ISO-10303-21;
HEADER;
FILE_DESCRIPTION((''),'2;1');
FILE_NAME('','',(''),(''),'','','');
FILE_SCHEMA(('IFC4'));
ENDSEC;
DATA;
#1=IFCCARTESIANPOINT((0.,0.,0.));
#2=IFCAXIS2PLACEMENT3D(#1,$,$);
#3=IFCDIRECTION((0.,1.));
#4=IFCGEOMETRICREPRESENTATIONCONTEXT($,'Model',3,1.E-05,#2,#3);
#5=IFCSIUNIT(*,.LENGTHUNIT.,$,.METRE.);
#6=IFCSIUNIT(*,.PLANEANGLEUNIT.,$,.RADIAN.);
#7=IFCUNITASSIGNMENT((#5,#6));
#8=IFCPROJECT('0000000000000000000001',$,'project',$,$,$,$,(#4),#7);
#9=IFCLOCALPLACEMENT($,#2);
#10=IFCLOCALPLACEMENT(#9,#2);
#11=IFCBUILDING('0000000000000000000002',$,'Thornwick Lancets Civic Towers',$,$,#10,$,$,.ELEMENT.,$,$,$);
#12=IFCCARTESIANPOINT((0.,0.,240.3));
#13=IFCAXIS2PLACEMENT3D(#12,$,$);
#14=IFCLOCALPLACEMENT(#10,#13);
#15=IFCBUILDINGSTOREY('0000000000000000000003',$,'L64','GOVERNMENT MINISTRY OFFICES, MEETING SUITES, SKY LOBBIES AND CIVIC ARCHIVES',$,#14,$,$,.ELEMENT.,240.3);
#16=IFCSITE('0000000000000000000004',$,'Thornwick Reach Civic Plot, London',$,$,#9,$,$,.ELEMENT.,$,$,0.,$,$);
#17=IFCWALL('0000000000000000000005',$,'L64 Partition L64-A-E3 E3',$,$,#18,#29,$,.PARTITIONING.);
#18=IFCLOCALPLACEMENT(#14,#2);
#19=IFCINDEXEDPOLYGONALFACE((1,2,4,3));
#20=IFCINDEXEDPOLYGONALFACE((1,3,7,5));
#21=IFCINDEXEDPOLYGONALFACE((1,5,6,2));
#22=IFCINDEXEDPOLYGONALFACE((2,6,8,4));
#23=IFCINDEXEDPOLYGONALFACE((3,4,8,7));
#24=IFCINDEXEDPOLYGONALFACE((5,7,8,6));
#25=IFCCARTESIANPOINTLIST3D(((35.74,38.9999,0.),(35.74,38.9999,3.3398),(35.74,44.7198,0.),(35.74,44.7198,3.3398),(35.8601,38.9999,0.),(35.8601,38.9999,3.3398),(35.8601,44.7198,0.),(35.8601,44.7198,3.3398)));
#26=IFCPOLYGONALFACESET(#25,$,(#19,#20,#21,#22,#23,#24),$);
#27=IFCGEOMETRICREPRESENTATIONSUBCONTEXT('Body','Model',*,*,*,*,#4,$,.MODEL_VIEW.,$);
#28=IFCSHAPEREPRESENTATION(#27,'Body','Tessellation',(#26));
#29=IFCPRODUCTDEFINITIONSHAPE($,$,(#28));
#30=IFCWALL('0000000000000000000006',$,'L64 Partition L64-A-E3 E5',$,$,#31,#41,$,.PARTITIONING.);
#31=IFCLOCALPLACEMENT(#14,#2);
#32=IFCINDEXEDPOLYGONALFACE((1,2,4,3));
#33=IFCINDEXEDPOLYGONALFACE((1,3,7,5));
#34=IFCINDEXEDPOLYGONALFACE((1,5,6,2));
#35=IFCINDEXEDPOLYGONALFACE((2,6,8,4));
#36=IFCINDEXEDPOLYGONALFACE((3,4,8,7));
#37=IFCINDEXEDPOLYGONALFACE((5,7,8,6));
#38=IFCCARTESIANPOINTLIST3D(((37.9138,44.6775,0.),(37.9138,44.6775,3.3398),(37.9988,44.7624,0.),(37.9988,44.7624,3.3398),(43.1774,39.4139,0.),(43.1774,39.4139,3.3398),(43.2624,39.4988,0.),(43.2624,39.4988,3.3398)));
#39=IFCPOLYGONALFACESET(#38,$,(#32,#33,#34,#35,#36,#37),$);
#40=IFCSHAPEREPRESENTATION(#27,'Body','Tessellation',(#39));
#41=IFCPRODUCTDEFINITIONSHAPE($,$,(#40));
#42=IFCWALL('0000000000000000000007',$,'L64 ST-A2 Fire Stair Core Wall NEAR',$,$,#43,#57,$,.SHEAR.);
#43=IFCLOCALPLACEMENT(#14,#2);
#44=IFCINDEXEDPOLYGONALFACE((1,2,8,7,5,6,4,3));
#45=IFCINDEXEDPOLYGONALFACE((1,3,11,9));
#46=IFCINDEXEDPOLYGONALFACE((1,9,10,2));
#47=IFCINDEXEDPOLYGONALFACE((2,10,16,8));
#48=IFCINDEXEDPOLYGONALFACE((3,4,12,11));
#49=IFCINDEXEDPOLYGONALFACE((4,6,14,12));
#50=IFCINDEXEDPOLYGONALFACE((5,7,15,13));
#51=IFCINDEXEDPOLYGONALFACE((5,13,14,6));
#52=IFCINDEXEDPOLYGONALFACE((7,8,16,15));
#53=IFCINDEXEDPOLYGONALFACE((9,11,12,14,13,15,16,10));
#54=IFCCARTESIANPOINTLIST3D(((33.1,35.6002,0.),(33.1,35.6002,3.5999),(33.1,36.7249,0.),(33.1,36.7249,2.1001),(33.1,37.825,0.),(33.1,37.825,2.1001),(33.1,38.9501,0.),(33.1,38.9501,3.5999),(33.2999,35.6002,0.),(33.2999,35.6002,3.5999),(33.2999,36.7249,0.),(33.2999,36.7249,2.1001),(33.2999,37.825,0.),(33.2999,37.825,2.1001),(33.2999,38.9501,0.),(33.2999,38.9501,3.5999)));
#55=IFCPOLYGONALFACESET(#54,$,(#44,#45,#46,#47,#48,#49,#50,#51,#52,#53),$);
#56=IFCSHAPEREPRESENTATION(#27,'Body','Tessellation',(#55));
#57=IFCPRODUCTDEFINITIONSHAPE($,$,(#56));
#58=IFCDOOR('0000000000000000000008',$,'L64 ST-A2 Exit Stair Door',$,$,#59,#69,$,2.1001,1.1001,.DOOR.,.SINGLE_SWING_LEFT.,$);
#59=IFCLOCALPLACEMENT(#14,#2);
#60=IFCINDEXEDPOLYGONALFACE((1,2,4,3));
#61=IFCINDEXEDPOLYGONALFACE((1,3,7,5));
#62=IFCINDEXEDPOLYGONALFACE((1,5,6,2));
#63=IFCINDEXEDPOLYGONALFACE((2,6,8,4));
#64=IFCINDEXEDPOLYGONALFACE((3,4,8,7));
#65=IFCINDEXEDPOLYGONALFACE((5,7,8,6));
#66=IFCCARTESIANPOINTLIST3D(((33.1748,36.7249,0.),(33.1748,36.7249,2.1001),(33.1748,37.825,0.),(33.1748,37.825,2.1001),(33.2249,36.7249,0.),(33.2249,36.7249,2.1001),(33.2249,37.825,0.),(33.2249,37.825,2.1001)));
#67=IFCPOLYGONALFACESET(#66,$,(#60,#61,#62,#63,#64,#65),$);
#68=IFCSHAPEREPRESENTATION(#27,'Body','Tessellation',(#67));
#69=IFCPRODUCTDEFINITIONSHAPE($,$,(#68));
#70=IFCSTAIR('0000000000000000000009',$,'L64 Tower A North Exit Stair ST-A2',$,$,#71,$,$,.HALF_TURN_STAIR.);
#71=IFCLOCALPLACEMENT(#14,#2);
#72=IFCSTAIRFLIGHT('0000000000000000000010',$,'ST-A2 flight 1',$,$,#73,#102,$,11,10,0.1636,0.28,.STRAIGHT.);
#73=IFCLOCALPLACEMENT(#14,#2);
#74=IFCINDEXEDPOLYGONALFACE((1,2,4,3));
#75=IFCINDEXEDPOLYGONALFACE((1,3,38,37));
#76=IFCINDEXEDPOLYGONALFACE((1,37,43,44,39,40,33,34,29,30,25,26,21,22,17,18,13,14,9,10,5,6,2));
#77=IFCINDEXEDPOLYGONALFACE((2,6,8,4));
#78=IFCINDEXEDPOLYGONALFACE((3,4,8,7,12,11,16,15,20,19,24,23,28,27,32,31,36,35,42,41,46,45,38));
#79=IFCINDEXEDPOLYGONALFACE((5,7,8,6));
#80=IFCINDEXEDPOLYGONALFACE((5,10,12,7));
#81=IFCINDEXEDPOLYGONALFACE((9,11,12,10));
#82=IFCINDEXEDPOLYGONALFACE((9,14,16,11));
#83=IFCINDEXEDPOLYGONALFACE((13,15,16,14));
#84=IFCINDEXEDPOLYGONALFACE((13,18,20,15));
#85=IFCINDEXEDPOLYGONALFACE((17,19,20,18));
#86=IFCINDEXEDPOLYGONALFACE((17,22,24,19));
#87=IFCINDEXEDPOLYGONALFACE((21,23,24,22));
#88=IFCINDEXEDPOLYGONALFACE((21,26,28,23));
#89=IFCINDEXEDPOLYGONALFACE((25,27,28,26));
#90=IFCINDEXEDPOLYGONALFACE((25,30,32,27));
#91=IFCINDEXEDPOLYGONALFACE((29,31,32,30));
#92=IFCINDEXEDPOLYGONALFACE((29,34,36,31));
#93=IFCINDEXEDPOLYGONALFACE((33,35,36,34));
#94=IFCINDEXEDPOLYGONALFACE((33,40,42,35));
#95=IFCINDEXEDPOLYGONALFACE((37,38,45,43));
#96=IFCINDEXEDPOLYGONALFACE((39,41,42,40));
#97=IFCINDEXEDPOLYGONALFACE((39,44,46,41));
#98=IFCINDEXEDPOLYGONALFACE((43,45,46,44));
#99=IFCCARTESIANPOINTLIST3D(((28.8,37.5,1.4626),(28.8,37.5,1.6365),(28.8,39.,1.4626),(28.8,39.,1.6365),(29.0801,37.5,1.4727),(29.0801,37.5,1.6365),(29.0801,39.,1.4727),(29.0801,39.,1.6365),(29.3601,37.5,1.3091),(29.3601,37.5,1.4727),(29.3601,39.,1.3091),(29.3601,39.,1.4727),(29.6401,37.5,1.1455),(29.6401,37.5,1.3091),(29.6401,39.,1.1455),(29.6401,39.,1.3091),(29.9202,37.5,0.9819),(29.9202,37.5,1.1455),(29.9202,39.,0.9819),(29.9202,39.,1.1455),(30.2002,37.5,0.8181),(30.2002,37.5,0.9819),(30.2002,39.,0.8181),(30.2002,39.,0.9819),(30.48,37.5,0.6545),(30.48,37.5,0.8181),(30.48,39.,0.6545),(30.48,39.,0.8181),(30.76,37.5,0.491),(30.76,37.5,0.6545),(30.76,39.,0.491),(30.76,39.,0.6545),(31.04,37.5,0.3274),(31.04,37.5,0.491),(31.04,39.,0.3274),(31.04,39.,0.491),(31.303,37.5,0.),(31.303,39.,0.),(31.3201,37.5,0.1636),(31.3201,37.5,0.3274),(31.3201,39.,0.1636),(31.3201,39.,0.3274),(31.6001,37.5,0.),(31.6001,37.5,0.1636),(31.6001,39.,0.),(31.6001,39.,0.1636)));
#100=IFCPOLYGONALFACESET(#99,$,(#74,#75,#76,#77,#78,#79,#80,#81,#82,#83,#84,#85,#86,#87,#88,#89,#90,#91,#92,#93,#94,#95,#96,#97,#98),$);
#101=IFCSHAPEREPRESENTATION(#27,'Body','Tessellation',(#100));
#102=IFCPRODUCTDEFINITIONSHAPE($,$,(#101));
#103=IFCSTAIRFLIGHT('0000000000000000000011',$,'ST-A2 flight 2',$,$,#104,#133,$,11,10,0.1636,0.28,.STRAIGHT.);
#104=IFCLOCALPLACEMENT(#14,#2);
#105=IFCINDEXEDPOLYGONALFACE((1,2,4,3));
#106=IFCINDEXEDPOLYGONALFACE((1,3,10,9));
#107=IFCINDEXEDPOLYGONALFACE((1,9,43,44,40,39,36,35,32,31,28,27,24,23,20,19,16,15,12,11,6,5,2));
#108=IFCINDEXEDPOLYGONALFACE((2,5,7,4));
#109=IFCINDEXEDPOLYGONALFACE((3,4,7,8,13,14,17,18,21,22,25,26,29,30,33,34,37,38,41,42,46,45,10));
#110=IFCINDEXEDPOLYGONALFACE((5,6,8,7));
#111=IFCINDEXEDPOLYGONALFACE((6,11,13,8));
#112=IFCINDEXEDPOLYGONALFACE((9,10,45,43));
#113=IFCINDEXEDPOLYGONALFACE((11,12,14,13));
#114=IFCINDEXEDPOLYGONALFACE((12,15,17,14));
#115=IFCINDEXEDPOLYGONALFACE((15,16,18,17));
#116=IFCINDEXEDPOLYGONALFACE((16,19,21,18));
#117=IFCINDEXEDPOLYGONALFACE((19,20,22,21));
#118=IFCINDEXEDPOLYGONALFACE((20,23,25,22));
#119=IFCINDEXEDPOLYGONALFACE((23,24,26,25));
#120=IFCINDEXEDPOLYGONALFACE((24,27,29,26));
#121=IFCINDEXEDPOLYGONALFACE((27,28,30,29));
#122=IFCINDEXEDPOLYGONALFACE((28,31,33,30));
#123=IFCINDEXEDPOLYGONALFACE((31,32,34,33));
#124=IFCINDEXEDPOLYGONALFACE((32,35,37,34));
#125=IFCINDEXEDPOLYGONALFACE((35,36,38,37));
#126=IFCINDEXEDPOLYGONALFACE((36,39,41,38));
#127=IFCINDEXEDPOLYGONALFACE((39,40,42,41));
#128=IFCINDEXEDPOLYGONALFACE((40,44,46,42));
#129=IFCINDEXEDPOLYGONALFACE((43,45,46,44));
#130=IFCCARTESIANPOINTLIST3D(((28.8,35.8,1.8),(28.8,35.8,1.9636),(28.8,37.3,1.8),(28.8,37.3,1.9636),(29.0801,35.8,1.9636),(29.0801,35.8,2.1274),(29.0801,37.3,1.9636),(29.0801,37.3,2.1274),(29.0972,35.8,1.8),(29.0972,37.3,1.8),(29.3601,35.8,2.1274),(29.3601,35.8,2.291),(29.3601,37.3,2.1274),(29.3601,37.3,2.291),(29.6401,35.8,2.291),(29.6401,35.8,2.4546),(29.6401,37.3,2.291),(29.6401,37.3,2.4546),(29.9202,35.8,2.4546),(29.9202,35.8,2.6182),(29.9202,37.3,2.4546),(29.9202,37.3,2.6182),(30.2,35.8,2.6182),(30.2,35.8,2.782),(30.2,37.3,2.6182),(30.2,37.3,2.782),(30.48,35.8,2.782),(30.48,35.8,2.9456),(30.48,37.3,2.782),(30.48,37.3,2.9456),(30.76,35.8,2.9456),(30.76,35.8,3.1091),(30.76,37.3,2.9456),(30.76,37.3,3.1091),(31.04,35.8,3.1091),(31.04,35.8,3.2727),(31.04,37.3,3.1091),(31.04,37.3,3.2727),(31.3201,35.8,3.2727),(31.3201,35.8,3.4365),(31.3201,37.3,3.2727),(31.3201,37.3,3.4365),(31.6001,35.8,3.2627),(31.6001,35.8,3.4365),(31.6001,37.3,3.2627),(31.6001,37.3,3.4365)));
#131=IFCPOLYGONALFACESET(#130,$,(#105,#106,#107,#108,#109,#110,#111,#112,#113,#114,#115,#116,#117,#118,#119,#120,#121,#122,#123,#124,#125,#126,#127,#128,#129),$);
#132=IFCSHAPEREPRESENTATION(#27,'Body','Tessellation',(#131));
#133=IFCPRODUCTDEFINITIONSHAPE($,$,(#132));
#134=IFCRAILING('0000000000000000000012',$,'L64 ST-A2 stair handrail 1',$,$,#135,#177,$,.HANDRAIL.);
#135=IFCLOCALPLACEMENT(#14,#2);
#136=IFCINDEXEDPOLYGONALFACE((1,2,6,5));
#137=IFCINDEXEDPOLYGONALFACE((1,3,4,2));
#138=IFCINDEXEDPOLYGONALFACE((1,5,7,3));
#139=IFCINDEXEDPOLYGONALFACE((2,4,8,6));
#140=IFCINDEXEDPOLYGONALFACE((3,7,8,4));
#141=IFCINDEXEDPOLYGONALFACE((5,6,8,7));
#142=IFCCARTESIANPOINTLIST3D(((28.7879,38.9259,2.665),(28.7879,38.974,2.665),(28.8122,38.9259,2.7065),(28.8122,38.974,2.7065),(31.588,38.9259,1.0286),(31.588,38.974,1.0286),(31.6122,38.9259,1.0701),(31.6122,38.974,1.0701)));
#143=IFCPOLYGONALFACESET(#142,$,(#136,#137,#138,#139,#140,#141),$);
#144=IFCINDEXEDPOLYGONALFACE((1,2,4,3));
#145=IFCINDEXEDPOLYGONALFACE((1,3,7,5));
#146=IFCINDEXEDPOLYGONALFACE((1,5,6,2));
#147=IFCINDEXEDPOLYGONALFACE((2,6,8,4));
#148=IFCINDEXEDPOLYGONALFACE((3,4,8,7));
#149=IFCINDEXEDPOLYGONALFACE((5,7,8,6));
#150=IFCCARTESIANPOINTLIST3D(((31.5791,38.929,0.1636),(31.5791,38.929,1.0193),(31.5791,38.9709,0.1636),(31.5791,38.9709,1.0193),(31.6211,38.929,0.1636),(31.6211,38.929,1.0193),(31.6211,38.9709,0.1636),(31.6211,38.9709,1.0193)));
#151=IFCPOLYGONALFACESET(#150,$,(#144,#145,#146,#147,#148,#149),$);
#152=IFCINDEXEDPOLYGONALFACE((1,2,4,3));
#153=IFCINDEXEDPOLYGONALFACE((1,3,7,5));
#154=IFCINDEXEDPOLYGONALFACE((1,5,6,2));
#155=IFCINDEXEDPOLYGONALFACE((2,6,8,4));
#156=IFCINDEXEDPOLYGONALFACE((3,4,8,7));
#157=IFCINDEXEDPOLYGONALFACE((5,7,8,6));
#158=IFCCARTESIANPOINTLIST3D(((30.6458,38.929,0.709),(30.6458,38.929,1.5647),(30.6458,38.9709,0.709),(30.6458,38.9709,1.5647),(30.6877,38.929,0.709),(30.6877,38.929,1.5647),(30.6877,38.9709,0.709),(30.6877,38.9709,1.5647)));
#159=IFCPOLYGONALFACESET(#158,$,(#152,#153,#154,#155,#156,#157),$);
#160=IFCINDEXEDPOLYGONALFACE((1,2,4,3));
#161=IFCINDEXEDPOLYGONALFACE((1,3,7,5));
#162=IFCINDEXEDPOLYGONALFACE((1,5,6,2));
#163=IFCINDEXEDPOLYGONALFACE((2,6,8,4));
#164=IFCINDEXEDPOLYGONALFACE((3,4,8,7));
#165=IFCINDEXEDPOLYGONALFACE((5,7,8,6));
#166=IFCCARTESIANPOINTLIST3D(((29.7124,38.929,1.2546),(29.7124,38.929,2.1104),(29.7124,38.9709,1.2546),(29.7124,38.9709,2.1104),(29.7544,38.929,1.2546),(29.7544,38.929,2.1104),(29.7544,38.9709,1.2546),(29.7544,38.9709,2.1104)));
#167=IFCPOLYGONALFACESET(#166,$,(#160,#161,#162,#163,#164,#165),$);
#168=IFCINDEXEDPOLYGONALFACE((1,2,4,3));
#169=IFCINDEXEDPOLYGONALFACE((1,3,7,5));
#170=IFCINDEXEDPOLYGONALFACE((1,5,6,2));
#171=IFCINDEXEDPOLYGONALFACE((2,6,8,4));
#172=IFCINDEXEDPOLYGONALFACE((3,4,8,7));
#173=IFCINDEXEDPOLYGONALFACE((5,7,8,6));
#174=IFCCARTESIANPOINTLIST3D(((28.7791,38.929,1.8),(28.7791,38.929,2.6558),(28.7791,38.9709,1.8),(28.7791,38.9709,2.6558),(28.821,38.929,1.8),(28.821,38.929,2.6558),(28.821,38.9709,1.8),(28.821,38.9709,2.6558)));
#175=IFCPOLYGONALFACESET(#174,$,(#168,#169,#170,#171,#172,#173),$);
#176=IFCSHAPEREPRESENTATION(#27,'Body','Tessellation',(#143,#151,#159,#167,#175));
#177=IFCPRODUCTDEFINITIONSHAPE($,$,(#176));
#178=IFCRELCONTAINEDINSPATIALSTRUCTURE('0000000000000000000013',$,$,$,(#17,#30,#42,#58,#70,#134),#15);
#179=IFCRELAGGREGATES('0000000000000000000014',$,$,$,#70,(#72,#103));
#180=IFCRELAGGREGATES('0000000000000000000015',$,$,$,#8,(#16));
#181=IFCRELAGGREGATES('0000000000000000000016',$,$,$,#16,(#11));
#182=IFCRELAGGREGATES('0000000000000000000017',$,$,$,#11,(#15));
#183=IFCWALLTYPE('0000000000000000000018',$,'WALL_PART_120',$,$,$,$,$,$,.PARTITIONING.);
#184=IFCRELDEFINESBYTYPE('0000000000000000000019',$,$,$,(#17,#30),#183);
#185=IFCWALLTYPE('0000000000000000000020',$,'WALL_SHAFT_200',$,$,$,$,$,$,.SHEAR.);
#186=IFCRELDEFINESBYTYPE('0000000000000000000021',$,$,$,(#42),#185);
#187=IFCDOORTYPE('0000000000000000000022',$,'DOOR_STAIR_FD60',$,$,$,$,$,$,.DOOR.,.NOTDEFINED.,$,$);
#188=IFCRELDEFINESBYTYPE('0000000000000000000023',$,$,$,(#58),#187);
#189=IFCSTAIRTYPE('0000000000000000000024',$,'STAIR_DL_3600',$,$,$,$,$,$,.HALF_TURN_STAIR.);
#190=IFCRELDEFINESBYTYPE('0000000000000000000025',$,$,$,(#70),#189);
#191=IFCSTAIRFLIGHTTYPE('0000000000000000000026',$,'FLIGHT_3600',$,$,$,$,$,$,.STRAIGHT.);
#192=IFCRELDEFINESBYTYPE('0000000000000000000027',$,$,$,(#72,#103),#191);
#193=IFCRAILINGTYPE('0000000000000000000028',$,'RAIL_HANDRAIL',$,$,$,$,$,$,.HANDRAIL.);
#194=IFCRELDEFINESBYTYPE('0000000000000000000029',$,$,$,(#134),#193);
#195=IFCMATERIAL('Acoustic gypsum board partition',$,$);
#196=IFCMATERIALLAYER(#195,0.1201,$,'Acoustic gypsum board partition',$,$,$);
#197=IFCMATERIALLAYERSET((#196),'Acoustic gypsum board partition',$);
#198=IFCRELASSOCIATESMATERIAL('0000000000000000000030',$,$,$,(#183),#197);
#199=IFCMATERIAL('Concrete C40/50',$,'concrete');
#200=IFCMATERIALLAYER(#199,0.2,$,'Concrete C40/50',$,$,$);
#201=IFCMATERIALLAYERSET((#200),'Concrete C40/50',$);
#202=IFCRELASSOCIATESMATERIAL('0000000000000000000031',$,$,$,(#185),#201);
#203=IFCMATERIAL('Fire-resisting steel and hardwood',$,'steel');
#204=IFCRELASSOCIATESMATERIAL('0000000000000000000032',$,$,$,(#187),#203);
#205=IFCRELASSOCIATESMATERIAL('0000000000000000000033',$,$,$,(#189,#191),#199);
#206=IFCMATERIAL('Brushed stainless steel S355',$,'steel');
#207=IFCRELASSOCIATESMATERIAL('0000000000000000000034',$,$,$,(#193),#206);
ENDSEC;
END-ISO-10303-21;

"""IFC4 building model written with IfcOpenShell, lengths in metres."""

from ifc_helpers import new_model, si_unit, direction, frame, frame_2d, origin, origin_2d, place, context, subcontext, project, spatial, polyline, rectangle, outline, extrude, material, layer, layer_set, type_object, element, fill, aggregate, save


model = new_model("IFC4")

# Units and contexts
model_context = context("Model", 3, precision=1e-05, world=origin(), true_north=direction((0.0, 1.0)))
body_context = subcontext(model_context, "Body", "Model", "MODEL_VIEW")
ifc_project = project(units=[si_unit("LENGTHUNIT", "METRE"), si_unit("PLANEANGLEUNIT", "RADIAN")], contexts=[model_context])

# Site, building, storey
site_placement = place(None, origin())
site = spatial("IfcSite", under=ifc_project, at=site_placement, Name="Thornwick Reach Civic Plot, London", CompositionType="ELEMENT", RefElevation=0.0)
building_placement = place(site_placement, origin())
building = spatial("IfcBuilding", under=site, at=building_placement, Name="Thornwick Lancets Civic Towers", CompositionType="ELEMENT")
storey_placement = place(building_placement, frame((0.0, 0.0, 240.3)))
storey = spatial("IfcBuildingStorey", under=building, at=storey_placement, Name="L64", Description="GOVERNMENT MINISTRY OFFICES, MEETING SUITES, SKY LOBBIES AND CIVIC ARCHIVES", CompositionType="ELEMENT", Elevation=240.3)

# Shared definitions
ifc_material_1 = material(Name="Concrete C40/50", Category="concrete")

# Walls
ifc_material_2 = material(Name="Acoustic gypsum board partition")
ifc_layer_1 = layer(ifc_material_2, 0.1201, Name="Acoustic gypsum board partition")
ifc_layer_set_1 = layer_set([ifc_layer_1], Name="Acoustic gypsum board partition")
wall_type_1 = type_object("IfcWallType", Name="WALL_PART_120", PredefinedType="PARTITIONING", material=ifc_layer_set_1)
wall_1_placement = place(storey_placement, frame((35.8, 39.0, 0.0), z_axis=(0.0, 0.0, 1.0), x_axis=(0.0, 1.0, 0.0)))
element("IfcWall", 1, at=wall_1_placement, inside=storey, type_object=wall_type_1, Name="L64 Partition L64-A-E3 E3", PredefinedType="PARTITIONING", context=body_context, shape_type="SweptSolid", body=[
    extrude(rectangle(XDim=5.72, YDim=0.1201, at=frame_2d((2.8599, 0.0))), origin(), (0.0, 0.0, 1.0), 3.3398),
])
wall_2_placement = place(storey_placement, frame((37.9563, 44.72, 0.0), z_axis=(0.0, 0.0, 1.0), x_axis=(0.707107, -0.707107, 0.0)))
element("IfcWall", 2, at=wall_2_placement, inside=storey, type_object=wall_type_1, Name="L64 Partition L64-A-E3 E5", PredefinedType="PARTITIONING", context=body_context, shape_type="SweptSolid", body=[
    extrude(rectangle(XDim=7.4438, YDim=0.1201, at=frame_2d((3.7219, 0.0))), origin(), (0.0, 0.0, 1.0), 3.3398),
])

# Wall, opening, door
ifc_layer_2 = layer(ifc_material_1, 0.2, Name="Concrete C40/50")
ifc_layer_set_2 = layer_set([ifc_layer_2], Name="Concrete C40/50")
wall_type_2 = type_object("IfcWallType", Name="WALL_SHAFT_200", PredefinedType="SHEAR", material=ifc_layer_set_2)
wall_3_placement = place(storey_placement, frame((33.2, 38.95, 0.0), z_axis=(0.0, 0.0, 1.0), x_axis=(0.0, -1.0, 0.0)))
wall_3 = element("IfcWall", 3, at=wall_3_placement, inside=storey, type_object=wall_type_2, Name="L64 ST-A2 Fire Stair Core Wall NEAR", PredefinedType="SHEAR", context=body_context, shape_type="SweptSolid", body=[
    extrude(rectangle(XDim=3.3499, YDim=0.2, at=frame_2d((1.6748, 0.0))), origin(), (0.0, 0.0, 1.0), 3.5999),
])
opening_1_placement = place(wall_3_placement, frame((1.125, 0.0, 0.0)))
opening_1 = element("IfcOpeningElement", 4, at=opening_1_placement, cuts=wall_3, PredefinedType="OPENING", context=body_context, shape_type="SweptSolid", body=[
    extrude(rectangle(XDim=1.1001, YDim=2.1001, at=frame_2d((0.55, 1.05))), frame((0.0, 0.1099, 0.0), z_axis=(0.0, -1.0, 0.0), x_axis=(1.0, 0.0, 0.0)), (0.0, 0.0, 1.0), 0.22),
])
ifc_material_3 = material(Name="Fire-resisting steel and hardwood", Category="steel")
door_type = type_object("IfcDoorType", Name="DOOR_STAIR_FD60", OperationType="NOTDEFINED", PredefinedType="DOOR", material=ifc_material_3)
door_placement = place(opening_1_placement, origin())
door = element("IfcDoor", 5, at=door_placement, inside=storey, type_object=door_type, Name="L64 ST-A2 Exit Stair Door", OperationType="SINGLE_SWING_LEFT", OverallHeight=2.1001, OverallWidth=1.1001, PredefinedType="DOOR", context=body_context, shape_type="SweptSolid", body=[
    extrude(rectangle(XDim=1.1001, YDim=2.1001, at=frame_2d((0.55, 1.05))), frame((0.0, 0.0249, 0.0), z_axis=(0.0, -1.0, 0.0), x_axis=(1.0, 0.0, 0.0)), (0.0, 0.0, 1.0), 0.05),
])
fill(opening_1, door)

# Stair, stair flights
stair_type = type_object("IfcStairType", Name="STAIR_DL_3600", PredefinedType="HALF_TURN_STAIR", material=ifc_material_1)
stair_placement = place(storey_placement, origin())
stair = element("IfcStair", 6, at=stair_placement, inside=storey, type_object=stair_type, Name="L64 Tower A North Exit Stair ST-A2", PredefinedType="HALF_TURN_STAIR")
stair_flight_type = type_object("IfcStairFlightType", Name="FLIGHT_3600", PredefinedType="STRAIGHT", material=ifc_material_1)
stair_flight_1_placement = place(storey_placement, frame((31.6001, 38.25, 0.0), z_axis=(0.0, 0.0, 1.0), x_axis=(-1.0, 0.0, 0.0)))
stair_flight_1 = element("IfcStairFlight", 7, at=stair_flight_1_placement, type_object=stair_flight_type, Name="ST-A2 flight 1", NumberOfRisers=11, NumberOfTreads=10, PredefinedType="STRAIGHT", RiserHeight=0.1636, TreadLength=0.28, context=body_context, shape_type="SweptSolid", body=[
    extrude(outline(polyline([(0.0, 0.0), (0.0, 0.1636), (0.28, 0.1636), (0.28, 0.3274), (0.5601, 0.3274), (0.5601, 0.491), (0.8401, 0.491), (0.8401, 0.6545), (1.1201, 0.6545), (1.1201, 0.8181), (1.3999, 0.8181), (1.3999, 0.9819), (1.6799, 0.9819), (1.6799, 1.1455), (1.96, 1.1455), (1.96, 1.3091), (2.24, 1.3091), (2.24, 1.4727), (2.52, 1.4727), (2.52, 1.6365), (2.8, 1.6365), (2.8, 1.8), (2.8, 1.4626), (0.2971, 0.0), (0.0, 0.0)])), frame((0.0, 0.75, 0.0), z_axis=(0.0, -1.0, 0.0), x_axis=(1.0, 0.0, 0.0)), (0.0, 0.0, 1.0), 1.5),
])
stair_flight_2_placement = place(storey_placement, frame((28.8, 36.55, 1.8), z_axis=(0.0, 0.0, 1.0), x_axis=(1.0, 0.0, 0.0)))
stair_flight_2 = element("IfcStairFlight", 8, at=stair_flight_2_placement, type_object=stair_flight_type, Name="ST-A2 flight 2", NumberOfRisers=11, NumberOfTreads=10, PredefinedType="STRAIGHT", RiserHeight=0.1636, TreadLength=0.28, context=body_context, shape_type="SweptSolid", body=[
    extrude(outline(polyline([(0.0, 0.0), (0.0, 0.1636), (0.28, 0.1636), (0.28, 0.3274), (0.5601, 0.3274), (0.5601, 0.491), (0.8401, 0.491), (0.8401, 0.6545), (1.1201, 0.6545), (1.1201, 0.8181), (1.3999, 0.8181), (1.3999, 0.9819), (1.6799, 0.9819), (1.6799, 1.1455), (1.96, 1.1455), (1.96, 1.3091), (2.24, 1.3091), (2.24, 1.4727), (2.52, 1.4727), (2.52, 1.6365), (2.8, 1.6365), (2.8, 1.8), (2.8, 1.4626), (0.2971, 0.0), (0.0, 0.0)])), frame((0.0, 0.75, 0.0), z_axis=(0.0, -1.0, 0.0), x_axis=(1.0, 0.0, 0.0)), (0.0, 0.0, 1.0), 1.5),
])
aggregate(stair, [stair_flight_1, stair_flight_2])

# Railing
ifc_material_4 = material(Name="Brushed stainless steel S355", Category="steel")
railing_type_1 = type_object("IfcRailingType", Name="RAIL_HANDRAIL", PredefinedType="HANDRAIL", material=ifc_material_4)
railing_1_placement = place(storey_placement, frame((31.6001, 38.95, 0.1636)))
element("IfcRailing", 9, at=railing_1_placement, inside=storey, type_object=railing_type_1, Name="L64 ST-A2 stair handrail 1", PredefinedType="HANDRAIL", context=body_context, shape_type="SweptSolid", body=[
    extrude(rectangle(XDim=0.0481, YDim=0.0481, at=origin_2d()), frame((0.0, 0.0, 0.8857), z_axis=(-0.863361, 0.0, 0.504587), x_axis=(0.0, -1.0, 0.0)), (0.0, 0.0, 1.0), 3.2432),
    extrude(rectangle(XDim=0.042, YDim=0.042, at=origin_2d()), origin(), (0.0, 0.0, 1.0), 0.8557),
    extrude(rectangle(XDim=0.042, YDim=0.042, at=origin_2d()), frame((-0.9333, 0.0, 0.5454)), (0.0, 0.0, 1.0), 0.8557),
    extrude(rectangle(XDim=0.042, YDim=0.042, at=origin_2d()), frame((-1.8667, 0.0, 1.0911)), (0.0, 0.0, 1.0), 0.8557),
    extrude(rectangle(XDim=0.042, YDim=0.042, at=origin_2d()), frame((-2.8, 0.0, 1.6365)), (0.0, 0.0, 1.0), 0.8557),
])

save(model, "model.ifc")
